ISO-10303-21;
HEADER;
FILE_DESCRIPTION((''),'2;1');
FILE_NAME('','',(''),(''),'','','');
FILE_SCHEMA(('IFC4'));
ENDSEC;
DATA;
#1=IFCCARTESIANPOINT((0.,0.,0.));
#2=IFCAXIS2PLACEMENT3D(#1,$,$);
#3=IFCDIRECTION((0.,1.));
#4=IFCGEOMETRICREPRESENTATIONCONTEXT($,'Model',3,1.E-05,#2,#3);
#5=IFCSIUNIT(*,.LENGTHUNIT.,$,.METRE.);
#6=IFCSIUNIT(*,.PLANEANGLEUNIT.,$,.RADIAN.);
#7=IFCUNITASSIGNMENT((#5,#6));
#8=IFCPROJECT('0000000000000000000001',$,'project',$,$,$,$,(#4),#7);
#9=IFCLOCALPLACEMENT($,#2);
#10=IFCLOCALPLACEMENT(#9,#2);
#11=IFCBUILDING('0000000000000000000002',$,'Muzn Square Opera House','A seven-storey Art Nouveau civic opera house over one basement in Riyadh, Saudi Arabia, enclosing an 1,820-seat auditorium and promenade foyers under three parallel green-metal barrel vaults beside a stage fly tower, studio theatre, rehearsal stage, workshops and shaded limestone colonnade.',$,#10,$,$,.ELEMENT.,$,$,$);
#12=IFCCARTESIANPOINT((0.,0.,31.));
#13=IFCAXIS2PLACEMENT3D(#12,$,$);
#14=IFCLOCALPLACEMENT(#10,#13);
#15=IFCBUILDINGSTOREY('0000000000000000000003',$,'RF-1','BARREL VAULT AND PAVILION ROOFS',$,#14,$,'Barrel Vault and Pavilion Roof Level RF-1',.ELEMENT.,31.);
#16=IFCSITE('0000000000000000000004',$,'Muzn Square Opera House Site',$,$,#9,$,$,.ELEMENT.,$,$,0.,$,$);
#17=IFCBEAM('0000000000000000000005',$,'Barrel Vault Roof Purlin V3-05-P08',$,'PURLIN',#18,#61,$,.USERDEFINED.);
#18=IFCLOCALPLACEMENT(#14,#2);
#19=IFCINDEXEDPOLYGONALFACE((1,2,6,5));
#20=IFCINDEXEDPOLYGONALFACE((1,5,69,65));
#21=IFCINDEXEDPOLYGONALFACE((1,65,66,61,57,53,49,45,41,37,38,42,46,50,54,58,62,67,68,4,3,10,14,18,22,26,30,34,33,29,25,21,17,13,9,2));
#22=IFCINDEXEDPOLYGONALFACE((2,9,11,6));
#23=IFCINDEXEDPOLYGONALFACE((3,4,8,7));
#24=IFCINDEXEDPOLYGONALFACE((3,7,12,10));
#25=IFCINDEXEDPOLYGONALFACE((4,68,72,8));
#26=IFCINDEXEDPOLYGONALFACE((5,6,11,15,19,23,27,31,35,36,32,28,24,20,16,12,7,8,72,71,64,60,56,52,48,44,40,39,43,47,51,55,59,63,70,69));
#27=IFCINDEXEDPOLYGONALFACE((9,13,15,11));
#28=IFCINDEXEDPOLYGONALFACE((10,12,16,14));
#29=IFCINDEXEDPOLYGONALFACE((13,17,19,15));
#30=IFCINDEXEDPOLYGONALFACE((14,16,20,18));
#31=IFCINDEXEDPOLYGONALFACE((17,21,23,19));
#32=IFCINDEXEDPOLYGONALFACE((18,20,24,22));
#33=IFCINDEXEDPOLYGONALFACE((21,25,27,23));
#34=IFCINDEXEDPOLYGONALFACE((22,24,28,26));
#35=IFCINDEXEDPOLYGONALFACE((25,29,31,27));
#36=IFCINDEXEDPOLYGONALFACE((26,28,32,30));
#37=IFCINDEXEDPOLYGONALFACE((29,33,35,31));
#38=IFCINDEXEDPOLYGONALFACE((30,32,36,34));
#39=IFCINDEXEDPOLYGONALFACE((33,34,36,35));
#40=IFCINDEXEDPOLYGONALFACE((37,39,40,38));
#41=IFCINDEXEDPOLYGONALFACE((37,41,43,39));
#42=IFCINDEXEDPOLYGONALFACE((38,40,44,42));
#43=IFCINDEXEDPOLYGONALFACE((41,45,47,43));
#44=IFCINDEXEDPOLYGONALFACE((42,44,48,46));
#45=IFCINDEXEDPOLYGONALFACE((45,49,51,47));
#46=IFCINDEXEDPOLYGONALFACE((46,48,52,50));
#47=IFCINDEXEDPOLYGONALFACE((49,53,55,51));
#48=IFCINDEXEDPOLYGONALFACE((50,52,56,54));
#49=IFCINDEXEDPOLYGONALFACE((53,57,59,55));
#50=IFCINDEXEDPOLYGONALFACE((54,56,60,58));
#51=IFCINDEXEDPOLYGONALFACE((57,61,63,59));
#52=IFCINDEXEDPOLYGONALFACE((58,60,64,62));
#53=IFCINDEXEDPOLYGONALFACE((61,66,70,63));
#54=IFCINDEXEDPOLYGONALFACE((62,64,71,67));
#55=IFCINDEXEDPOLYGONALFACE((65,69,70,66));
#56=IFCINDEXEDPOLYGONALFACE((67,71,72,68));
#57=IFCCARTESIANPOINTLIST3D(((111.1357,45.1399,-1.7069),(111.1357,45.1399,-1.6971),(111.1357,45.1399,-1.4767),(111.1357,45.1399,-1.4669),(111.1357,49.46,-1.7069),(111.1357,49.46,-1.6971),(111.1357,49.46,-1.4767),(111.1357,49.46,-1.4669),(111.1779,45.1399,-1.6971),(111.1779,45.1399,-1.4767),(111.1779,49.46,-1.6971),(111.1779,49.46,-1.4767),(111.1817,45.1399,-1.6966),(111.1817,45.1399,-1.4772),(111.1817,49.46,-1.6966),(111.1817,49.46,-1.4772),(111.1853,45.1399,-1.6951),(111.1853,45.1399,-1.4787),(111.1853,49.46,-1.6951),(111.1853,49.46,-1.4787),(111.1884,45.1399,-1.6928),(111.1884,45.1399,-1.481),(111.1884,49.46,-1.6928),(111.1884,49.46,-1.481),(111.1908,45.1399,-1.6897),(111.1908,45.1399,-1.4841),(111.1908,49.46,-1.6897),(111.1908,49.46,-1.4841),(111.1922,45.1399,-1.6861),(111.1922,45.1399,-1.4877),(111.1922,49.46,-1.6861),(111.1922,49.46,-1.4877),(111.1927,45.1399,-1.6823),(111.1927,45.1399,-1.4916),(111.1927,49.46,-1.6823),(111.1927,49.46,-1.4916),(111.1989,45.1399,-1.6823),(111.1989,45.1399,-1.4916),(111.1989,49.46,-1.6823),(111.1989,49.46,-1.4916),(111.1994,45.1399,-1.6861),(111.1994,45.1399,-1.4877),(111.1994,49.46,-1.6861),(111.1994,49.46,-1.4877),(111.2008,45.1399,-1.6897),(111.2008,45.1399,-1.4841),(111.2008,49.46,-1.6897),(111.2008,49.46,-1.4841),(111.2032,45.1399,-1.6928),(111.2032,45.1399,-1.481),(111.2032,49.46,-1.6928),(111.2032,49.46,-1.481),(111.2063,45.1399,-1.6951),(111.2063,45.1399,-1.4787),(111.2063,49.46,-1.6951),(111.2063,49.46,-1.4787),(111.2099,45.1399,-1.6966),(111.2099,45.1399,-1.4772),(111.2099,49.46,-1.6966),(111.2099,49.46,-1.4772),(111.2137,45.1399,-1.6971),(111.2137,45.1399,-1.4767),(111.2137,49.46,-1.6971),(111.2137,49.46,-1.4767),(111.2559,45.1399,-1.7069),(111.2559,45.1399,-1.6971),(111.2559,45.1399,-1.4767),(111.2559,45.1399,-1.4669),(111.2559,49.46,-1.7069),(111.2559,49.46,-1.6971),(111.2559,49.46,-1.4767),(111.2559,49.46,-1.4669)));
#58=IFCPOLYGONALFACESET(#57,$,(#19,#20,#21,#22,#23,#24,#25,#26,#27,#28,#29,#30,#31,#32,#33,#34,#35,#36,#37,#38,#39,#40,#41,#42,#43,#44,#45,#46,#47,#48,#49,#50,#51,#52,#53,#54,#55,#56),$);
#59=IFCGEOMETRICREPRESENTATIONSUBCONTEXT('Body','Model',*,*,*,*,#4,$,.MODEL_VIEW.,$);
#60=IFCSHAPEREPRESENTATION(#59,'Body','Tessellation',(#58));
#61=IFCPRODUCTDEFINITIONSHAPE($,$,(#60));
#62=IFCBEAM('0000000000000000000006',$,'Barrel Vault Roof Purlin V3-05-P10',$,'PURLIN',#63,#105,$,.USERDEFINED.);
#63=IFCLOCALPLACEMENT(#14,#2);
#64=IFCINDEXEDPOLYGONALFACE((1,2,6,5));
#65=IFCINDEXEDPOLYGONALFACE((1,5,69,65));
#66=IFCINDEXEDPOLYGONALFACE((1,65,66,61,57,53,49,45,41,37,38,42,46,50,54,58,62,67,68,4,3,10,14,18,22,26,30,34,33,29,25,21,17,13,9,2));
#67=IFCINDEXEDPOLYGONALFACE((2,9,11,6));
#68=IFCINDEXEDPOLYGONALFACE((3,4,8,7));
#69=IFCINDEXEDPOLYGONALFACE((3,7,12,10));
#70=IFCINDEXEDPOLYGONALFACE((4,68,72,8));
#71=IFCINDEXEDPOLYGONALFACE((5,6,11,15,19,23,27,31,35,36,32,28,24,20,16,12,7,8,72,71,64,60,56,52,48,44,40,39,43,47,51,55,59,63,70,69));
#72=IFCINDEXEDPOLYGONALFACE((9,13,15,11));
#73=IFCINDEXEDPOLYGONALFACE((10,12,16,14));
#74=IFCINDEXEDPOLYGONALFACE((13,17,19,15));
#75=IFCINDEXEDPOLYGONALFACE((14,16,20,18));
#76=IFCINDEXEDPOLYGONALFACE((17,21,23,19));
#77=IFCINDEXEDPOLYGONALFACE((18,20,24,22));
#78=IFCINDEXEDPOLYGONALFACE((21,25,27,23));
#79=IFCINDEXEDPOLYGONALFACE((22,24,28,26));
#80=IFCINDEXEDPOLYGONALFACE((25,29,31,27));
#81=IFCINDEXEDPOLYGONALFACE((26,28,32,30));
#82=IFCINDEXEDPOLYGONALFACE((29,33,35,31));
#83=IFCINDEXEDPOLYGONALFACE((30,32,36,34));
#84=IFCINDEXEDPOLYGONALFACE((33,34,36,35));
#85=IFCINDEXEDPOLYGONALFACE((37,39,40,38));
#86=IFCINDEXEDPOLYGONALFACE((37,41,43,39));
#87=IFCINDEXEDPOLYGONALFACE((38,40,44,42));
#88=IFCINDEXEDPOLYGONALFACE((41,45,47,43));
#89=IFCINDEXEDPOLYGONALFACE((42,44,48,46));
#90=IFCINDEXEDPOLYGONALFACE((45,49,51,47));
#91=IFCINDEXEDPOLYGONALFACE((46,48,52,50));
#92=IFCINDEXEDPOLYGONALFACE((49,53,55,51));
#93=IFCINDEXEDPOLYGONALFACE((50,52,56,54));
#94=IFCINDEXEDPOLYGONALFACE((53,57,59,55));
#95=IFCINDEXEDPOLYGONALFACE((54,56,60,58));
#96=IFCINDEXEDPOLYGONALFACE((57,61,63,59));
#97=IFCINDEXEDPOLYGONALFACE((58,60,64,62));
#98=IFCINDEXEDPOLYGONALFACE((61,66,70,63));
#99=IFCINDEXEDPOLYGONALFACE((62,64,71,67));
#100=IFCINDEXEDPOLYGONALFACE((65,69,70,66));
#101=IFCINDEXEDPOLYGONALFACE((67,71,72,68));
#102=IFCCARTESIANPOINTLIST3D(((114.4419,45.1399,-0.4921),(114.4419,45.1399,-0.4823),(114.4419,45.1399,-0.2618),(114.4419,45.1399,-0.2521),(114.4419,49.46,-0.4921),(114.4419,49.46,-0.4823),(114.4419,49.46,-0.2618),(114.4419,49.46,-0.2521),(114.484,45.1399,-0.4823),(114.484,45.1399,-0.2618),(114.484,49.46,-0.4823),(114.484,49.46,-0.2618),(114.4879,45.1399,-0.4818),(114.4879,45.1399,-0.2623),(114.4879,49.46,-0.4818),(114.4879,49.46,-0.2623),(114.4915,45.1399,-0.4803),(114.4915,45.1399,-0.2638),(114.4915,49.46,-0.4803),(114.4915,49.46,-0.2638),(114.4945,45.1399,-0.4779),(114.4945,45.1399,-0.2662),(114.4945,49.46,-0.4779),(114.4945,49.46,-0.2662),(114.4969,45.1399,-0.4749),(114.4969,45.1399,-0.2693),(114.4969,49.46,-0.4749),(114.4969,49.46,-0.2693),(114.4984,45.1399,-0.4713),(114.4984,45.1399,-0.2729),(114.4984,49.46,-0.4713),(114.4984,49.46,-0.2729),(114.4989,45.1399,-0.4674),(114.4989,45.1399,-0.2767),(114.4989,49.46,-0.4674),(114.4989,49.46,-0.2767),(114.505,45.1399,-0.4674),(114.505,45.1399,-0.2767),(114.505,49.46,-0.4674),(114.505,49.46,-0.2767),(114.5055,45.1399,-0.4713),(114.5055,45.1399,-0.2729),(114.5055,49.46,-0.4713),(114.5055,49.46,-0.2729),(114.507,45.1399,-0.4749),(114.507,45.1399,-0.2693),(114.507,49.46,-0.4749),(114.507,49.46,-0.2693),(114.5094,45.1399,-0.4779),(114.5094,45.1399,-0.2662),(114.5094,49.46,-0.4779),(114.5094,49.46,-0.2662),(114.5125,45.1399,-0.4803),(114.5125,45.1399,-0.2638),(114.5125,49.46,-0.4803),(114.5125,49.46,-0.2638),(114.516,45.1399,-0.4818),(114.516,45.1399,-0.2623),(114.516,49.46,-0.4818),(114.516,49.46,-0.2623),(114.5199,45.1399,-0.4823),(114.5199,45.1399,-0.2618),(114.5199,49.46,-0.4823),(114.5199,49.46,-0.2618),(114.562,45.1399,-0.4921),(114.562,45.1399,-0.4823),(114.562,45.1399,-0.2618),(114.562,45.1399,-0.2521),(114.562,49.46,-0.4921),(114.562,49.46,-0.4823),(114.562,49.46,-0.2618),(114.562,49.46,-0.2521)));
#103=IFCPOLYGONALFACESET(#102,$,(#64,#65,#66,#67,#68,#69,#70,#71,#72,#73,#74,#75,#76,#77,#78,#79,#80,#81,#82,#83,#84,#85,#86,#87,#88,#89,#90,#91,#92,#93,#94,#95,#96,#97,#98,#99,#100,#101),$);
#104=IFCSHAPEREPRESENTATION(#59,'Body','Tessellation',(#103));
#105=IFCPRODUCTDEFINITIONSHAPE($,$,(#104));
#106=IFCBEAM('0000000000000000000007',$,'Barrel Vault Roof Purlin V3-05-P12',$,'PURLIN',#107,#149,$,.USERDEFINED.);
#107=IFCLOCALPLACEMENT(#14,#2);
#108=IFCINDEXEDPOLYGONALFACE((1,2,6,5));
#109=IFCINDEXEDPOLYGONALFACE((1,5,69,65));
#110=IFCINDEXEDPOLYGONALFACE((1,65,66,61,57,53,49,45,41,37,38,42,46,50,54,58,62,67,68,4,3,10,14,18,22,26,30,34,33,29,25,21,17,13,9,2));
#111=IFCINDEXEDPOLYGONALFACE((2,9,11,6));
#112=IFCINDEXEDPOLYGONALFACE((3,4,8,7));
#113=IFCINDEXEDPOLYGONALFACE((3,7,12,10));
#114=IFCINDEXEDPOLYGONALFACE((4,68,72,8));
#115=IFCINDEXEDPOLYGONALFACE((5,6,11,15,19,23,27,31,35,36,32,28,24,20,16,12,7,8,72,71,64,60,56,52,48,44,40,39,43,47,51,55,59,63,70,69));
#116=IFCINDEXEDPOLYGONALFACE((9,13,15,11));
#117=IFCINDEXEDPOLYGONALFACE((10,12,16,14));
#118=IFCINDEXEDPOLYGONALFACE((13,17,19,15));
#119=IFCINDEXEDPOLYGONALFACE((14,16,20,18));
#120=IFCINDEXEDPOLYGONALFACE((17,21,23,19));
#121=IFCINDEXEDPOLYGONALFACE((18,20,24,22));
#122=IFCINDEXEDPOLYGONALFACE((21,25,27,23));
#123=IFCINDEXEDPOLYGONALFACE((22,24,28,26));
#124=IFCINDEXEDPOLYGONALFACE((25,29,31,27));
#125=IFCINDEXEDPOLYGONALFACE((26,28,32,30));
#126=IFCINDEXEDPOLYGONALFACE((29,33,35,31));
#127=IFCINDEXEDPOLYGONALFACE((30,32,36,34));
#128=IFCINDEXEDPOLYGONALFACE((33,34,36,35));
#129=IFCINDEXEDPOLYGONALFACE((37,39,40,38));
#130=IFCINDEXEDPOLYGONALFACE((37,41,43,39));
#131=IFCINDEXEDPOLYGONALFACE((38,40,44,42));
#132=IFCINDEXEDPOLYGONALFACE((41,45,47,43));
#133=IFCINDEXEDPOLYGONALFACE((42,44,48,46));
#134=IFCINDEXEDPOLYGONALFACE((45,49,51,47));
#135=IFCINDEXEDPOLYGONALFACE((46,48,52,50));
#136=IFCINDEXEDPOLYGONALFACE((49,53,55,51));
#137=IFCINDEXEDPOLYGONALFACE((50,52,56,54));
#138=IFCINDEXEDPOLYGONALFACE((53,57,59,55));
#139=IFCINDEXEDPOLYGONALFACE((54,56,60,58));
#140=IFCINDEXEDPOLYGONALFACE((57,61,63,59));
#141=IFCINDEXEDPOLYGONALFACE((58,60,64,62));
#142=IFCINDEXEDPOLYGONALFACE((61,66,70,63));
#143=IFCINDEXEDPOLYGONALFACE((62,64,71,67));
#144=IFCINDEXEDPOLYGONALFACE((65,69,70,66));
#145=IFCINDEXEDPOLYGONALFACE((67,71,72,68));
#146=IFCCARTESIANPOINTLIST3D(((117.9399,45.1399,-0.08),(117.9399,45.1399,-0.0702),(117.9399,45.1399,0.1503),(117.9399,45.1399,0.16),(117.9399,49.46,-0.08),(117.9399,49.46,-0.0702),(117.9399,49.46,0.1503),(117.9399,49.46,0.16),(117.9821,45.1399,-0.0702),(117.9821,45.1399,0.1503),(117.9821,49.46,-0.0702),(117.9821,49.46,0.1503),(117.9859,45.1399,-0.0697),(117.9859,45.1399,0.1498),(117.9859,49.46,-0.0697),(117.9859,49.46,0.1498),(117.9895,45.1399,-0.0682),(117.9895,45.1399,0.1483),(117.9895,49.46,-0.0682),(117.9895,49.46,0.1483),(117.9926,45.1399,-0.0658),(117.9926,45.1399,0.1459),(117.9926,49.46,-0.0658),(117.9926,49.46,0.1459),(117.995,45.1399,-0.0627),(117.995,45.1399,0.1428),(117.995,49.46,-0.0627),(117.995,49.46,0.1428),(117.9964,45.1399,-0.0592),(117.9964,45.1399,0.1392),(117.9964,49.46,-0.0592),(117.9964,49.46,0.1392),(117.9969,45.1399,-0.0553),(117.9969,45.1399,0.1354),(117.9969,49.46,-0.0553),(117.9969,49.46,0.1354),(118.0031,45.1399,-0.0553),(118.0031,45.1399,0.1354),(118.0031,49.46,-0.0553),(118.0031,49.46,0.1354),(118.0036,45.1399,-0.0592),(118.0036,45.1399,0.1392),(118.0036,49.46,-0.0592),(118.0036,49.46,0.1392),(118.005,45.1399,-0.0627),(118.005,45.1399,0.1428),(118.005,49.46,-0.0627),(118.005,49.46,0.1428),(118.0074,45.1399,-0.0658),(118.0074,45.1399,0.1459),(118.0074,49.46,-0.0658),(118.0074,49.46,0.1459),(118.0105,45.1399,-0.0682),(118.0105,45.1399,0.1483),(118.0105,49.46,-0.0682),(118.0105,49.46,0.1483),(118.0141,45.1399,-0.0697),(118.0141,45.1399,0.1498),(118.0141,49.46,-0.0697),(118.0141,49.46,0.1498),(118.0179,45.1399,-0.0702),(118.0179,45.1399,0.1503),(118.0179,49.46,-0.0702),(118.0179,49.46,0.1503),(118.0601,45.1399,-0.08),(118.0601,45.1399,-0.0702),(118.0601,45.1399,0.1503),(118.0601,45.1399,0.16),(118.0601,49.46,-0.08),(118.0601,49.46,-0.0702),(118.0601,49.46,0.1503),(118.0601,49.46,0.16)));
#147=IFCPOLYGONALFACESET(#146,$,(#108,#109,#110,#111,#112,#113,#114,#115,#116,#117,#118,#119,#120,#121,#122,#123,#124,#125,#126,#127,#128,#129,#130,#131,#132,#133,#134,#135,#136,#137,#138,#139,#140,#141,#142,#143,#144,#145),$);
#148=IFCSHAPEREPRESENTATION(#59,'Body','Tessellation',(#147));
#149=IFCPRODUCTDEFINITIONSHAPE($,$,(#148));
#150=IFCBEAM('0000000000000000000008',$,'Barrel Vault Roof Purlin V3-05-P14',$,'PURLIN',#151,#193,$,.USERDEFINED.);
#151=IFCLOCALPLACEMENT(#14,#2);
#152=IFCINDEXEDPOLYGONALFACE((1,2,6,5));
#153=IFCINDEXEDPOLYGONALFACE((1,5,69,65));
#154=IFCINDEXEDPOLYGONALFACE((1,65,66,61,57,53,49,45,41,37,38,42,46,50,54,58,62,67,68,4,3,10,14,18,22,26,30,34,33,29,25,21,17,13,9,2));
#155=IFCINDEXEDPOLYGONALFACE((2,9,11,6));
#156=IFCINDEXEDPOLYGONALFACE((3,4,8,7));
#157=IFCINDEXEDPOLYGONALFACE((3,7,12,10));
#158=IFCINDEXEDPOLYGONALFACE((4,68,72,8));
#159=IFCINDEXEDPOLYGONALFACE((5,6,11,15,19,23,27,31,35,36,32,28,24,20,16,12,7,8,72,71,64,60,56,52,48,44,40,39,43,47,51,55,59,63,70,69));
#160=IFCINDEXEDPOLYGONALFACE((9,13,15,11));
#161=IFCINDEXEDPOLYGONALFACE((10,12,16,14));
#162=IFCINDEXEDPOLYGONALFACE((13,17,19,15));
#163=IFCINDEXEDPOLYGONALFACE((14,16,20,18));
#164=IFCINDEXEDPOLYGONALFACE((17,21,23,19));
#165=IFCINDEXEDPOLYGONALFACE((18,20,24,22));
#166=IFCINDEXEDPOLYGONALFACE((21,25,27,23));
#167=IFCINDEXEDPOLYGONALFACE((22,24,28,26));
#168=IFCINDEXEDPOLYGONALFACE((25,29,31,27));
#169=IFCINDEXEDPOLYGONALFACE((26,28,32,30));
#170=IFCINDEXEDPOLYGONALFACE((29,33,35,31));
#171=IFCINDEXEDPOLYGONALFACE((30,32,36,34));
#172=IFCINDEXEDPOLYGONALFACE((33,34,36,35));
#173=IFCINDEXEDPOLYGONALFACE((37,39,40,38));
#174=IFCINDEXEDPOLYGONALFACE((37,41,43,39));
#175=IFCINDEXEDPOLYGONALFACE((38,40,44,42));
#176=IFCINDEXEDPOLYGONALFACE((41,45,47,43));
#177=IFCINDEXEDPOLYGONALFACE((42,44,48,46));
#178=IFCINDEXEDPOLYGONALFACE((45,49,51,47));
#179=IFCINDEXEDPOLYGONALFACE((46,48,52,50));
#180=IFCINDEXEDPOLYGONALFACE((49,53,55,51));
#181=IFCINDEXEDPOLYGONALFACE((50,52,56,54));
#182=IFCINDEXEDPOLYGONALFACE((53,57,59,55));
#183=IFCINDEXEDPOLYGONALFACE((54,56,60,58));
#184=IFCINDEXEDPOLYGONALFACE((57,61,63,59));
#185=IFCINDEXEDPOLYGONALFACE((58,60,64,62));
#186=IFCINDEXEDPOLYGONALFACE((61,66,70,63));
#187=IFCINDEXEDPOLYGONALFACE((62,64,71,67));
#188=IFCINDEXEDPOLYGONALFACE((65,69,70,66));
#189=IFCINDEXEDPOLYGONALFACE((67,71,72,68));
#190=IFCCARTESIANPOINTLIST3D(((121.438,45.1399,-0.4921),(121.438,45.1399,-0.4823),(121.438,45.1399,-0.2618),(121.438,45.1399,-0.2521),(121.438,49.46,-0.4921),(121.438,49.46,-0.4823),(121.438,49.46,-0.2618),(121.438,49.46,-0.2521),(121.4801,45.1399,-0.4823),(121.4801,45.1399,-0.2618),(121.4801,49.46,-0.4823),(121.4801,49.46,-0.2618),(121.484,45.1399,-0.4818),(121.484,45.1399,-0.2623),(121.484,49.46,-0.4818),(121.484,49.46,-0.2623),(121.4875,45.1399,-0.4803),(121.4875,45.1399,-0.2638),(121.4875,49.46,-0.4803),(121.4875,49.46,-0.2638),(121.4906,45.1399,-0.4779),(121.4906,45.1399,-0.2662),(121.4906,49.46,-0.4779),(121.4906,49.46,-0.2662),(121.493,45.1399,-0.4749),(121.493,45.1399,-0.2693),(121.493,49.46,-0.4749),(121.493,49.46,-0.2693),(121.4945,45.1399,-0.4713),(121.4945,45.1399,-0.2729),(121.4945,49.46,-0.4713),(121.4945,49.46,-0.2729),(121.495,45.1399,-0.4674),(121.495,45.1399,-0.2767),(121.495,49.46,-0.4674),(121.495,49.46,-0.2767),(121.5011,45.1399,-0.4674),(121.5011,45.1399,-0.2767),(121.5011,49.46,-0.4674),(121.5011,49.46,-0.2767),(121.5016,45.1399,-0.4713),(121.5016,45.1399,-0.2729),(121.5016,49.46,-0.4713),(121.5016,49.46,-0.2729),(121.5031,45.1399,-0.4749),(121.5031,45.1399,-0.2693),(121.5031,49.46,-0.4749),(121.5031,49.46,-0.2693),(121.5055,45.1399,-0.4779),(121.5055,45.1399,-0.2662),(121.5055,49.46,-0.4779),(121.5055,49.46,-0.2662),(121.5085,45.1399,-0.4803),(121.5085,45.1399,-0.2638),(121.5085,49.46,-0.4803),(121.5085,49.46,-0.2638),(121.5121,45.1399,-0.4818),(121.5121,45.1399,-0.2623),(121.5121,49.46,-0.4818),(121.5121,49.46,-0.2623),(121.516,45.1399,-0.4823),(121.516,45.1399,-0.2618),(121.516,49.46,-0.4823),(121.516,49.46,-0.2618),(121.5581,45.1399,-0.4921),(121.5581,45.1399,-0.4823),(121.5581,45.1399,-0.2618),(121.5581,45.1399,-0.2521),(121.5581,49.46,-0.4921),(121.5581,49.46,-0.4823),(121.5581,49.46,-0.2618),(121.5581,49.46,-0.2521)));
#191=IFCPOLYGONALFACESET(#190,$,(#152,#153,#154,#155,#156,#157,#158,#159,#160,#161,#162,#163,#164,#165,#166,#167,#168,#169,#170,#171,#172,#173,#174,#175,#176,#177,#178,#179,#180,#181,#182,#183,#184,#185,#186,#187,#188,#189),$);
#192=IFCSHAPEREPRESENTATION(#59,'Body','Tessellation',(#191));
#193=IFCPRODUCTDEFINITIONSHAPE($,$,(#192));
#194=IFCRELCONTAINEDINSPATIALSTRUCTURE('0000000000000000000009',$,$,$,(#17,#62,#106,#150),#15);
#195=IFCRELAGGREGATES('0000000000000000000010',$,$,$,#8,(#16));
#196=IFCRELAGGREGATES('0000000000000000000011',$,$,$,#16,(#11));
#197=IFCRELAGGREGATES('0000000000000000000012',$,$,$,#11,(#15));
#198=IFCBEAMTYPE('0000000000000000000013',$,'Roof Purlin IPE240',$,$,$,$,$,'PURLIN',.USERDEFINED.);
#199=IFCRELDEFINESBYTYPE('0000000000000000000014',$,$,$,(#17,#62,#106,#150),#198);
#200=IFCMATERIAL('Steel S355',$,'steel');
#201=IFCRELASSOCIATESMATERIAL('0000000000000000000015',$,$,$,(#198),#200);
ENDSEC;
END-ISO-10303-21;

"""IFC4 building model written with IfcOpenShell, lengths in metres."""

from ifc_helpers import new_model, si_unit, direction, frame, origin, origin_2d, place, context, subcontext, project, spatial, i_section, extrude, material, material_profile, profile_set, type_object, element, save


model = new_model("IFC4")

# Units and contexts
model_context = context("Model", 3, precision=1e-05, world=origin(), true_north=direction((0.0, 1.0)))
body_context = subcontext(model_context, "Body", "Model", "MODEL_VIEW")
ifc_project = project(units=[si_unit("LENGTHUNIT", "METRE"), si_unit("PLANEANGLEUNIT", "RADIAN")], contexts=[model_context])

# Site, building, storey
site_placement = place(None, origin())
site = spatial("IfcSite", under=ifc_project, at=site_placement, Name="Muzn Square Opera House Site", CompositionType="ELEMENT", RefElevation=0.0)
building_placement = place(site_placement, origin())
building = spatial("IfcBuilding", under=site, at=building_placement, Name="Muzn Square Opera House", Description="A seven-storey Art Nouveau civic opera house over one basement in Riyadh, Saudi Arabia, enclosing an 1,820-seat auditorium and promenade foyers under three parallel green-metal barrel vaults beside a stage fly tower, studio theatre, rehearsal stage, workshops and shaded limestone colonnade.", CompositionType="ELEMENT")
storey_placement = place(building_placement, frame((0.0, 0.0, 31.0)))
storey = spatial("IfcBuildingStorey", under=building, at=storey_placement, Name="RF-1", Description="BARREL VAULT AND PAVILION ROOFS", LongName="Barrel Vault and Pavilion Roof Level RF-1", CompositionType="ELEMENT", Elevation=31.0)

# Beams
ifc_material_1 = material(Name="Steel S355", Category="steel")
ifc_material_profile_1 = material_profile(ifc_material_1, i_section(OverallWidth=0.1201, OverallDepth=0.24, WebThickness=0.0061, FlangeThickness=0.0098, FilletRadius=0.0149, at=origin_2d()), Name="IPE 240", Category="steel")
ifc_profile_set_1 = profile_set([ifc_material_profile_1], Name="Steel S355")
beam_type_1 = type_object("IfcBeamType", Name="Roof Purlin IPE240", ElementType="PURLIN", PredefinedType="USERDEFINED", material=ifc_profile_set_1)
for number, where, z_axis, x_axis, name in (
    (1, (111.1958, 45.1399, -1.5869), (0.0, 1.0, 0.0), (-1.0, 0.0, 0.0), "Barrel Vault Roof Purlin V3-05-P08"),
    (2, (114.502, 45.1399, -0.3721), (0.0, 1.0, 0.0), (-1.0, 0.0, 0.0), "Barrel Vault Roof Purlin V3-05-P10"),
    (3, (118.0, 45.1399, 0.04), (0.0, 1.0, 0.0), (-1.0, 0.0, 0.0), "Barrel Vault Roof Purlin V3-05-P12"),
    (4, (121.498, 45.1399, -0.3721), (0.0, 1.0, 0.0), (-1.0, 0.0, 0.0), "Barrel Vault Roof Purlin V3-05-P14"),
):
    element("IfcBeam", number, at=place(storey_placement, frame(where, z_axis=z_axis, x_axis=x_axis)), inside=storey, type_object=beam_type_1, Name=name, ObjectType="PURLIN", PredefinedType="USERDEFINED", context=body_context, shape_type="SweptSolid", body=[
        extrude(i_section(OverallWidth=0.1201, OverallDepth=0.24, WebThickness=0.0061, FlangeThickness=0.0098, FilletRadius=0.0149, at=origin_2d()), origin(), (0.0, 0.0, 1.0), 4.3201),
    ])

save(model, "model.ifc")
